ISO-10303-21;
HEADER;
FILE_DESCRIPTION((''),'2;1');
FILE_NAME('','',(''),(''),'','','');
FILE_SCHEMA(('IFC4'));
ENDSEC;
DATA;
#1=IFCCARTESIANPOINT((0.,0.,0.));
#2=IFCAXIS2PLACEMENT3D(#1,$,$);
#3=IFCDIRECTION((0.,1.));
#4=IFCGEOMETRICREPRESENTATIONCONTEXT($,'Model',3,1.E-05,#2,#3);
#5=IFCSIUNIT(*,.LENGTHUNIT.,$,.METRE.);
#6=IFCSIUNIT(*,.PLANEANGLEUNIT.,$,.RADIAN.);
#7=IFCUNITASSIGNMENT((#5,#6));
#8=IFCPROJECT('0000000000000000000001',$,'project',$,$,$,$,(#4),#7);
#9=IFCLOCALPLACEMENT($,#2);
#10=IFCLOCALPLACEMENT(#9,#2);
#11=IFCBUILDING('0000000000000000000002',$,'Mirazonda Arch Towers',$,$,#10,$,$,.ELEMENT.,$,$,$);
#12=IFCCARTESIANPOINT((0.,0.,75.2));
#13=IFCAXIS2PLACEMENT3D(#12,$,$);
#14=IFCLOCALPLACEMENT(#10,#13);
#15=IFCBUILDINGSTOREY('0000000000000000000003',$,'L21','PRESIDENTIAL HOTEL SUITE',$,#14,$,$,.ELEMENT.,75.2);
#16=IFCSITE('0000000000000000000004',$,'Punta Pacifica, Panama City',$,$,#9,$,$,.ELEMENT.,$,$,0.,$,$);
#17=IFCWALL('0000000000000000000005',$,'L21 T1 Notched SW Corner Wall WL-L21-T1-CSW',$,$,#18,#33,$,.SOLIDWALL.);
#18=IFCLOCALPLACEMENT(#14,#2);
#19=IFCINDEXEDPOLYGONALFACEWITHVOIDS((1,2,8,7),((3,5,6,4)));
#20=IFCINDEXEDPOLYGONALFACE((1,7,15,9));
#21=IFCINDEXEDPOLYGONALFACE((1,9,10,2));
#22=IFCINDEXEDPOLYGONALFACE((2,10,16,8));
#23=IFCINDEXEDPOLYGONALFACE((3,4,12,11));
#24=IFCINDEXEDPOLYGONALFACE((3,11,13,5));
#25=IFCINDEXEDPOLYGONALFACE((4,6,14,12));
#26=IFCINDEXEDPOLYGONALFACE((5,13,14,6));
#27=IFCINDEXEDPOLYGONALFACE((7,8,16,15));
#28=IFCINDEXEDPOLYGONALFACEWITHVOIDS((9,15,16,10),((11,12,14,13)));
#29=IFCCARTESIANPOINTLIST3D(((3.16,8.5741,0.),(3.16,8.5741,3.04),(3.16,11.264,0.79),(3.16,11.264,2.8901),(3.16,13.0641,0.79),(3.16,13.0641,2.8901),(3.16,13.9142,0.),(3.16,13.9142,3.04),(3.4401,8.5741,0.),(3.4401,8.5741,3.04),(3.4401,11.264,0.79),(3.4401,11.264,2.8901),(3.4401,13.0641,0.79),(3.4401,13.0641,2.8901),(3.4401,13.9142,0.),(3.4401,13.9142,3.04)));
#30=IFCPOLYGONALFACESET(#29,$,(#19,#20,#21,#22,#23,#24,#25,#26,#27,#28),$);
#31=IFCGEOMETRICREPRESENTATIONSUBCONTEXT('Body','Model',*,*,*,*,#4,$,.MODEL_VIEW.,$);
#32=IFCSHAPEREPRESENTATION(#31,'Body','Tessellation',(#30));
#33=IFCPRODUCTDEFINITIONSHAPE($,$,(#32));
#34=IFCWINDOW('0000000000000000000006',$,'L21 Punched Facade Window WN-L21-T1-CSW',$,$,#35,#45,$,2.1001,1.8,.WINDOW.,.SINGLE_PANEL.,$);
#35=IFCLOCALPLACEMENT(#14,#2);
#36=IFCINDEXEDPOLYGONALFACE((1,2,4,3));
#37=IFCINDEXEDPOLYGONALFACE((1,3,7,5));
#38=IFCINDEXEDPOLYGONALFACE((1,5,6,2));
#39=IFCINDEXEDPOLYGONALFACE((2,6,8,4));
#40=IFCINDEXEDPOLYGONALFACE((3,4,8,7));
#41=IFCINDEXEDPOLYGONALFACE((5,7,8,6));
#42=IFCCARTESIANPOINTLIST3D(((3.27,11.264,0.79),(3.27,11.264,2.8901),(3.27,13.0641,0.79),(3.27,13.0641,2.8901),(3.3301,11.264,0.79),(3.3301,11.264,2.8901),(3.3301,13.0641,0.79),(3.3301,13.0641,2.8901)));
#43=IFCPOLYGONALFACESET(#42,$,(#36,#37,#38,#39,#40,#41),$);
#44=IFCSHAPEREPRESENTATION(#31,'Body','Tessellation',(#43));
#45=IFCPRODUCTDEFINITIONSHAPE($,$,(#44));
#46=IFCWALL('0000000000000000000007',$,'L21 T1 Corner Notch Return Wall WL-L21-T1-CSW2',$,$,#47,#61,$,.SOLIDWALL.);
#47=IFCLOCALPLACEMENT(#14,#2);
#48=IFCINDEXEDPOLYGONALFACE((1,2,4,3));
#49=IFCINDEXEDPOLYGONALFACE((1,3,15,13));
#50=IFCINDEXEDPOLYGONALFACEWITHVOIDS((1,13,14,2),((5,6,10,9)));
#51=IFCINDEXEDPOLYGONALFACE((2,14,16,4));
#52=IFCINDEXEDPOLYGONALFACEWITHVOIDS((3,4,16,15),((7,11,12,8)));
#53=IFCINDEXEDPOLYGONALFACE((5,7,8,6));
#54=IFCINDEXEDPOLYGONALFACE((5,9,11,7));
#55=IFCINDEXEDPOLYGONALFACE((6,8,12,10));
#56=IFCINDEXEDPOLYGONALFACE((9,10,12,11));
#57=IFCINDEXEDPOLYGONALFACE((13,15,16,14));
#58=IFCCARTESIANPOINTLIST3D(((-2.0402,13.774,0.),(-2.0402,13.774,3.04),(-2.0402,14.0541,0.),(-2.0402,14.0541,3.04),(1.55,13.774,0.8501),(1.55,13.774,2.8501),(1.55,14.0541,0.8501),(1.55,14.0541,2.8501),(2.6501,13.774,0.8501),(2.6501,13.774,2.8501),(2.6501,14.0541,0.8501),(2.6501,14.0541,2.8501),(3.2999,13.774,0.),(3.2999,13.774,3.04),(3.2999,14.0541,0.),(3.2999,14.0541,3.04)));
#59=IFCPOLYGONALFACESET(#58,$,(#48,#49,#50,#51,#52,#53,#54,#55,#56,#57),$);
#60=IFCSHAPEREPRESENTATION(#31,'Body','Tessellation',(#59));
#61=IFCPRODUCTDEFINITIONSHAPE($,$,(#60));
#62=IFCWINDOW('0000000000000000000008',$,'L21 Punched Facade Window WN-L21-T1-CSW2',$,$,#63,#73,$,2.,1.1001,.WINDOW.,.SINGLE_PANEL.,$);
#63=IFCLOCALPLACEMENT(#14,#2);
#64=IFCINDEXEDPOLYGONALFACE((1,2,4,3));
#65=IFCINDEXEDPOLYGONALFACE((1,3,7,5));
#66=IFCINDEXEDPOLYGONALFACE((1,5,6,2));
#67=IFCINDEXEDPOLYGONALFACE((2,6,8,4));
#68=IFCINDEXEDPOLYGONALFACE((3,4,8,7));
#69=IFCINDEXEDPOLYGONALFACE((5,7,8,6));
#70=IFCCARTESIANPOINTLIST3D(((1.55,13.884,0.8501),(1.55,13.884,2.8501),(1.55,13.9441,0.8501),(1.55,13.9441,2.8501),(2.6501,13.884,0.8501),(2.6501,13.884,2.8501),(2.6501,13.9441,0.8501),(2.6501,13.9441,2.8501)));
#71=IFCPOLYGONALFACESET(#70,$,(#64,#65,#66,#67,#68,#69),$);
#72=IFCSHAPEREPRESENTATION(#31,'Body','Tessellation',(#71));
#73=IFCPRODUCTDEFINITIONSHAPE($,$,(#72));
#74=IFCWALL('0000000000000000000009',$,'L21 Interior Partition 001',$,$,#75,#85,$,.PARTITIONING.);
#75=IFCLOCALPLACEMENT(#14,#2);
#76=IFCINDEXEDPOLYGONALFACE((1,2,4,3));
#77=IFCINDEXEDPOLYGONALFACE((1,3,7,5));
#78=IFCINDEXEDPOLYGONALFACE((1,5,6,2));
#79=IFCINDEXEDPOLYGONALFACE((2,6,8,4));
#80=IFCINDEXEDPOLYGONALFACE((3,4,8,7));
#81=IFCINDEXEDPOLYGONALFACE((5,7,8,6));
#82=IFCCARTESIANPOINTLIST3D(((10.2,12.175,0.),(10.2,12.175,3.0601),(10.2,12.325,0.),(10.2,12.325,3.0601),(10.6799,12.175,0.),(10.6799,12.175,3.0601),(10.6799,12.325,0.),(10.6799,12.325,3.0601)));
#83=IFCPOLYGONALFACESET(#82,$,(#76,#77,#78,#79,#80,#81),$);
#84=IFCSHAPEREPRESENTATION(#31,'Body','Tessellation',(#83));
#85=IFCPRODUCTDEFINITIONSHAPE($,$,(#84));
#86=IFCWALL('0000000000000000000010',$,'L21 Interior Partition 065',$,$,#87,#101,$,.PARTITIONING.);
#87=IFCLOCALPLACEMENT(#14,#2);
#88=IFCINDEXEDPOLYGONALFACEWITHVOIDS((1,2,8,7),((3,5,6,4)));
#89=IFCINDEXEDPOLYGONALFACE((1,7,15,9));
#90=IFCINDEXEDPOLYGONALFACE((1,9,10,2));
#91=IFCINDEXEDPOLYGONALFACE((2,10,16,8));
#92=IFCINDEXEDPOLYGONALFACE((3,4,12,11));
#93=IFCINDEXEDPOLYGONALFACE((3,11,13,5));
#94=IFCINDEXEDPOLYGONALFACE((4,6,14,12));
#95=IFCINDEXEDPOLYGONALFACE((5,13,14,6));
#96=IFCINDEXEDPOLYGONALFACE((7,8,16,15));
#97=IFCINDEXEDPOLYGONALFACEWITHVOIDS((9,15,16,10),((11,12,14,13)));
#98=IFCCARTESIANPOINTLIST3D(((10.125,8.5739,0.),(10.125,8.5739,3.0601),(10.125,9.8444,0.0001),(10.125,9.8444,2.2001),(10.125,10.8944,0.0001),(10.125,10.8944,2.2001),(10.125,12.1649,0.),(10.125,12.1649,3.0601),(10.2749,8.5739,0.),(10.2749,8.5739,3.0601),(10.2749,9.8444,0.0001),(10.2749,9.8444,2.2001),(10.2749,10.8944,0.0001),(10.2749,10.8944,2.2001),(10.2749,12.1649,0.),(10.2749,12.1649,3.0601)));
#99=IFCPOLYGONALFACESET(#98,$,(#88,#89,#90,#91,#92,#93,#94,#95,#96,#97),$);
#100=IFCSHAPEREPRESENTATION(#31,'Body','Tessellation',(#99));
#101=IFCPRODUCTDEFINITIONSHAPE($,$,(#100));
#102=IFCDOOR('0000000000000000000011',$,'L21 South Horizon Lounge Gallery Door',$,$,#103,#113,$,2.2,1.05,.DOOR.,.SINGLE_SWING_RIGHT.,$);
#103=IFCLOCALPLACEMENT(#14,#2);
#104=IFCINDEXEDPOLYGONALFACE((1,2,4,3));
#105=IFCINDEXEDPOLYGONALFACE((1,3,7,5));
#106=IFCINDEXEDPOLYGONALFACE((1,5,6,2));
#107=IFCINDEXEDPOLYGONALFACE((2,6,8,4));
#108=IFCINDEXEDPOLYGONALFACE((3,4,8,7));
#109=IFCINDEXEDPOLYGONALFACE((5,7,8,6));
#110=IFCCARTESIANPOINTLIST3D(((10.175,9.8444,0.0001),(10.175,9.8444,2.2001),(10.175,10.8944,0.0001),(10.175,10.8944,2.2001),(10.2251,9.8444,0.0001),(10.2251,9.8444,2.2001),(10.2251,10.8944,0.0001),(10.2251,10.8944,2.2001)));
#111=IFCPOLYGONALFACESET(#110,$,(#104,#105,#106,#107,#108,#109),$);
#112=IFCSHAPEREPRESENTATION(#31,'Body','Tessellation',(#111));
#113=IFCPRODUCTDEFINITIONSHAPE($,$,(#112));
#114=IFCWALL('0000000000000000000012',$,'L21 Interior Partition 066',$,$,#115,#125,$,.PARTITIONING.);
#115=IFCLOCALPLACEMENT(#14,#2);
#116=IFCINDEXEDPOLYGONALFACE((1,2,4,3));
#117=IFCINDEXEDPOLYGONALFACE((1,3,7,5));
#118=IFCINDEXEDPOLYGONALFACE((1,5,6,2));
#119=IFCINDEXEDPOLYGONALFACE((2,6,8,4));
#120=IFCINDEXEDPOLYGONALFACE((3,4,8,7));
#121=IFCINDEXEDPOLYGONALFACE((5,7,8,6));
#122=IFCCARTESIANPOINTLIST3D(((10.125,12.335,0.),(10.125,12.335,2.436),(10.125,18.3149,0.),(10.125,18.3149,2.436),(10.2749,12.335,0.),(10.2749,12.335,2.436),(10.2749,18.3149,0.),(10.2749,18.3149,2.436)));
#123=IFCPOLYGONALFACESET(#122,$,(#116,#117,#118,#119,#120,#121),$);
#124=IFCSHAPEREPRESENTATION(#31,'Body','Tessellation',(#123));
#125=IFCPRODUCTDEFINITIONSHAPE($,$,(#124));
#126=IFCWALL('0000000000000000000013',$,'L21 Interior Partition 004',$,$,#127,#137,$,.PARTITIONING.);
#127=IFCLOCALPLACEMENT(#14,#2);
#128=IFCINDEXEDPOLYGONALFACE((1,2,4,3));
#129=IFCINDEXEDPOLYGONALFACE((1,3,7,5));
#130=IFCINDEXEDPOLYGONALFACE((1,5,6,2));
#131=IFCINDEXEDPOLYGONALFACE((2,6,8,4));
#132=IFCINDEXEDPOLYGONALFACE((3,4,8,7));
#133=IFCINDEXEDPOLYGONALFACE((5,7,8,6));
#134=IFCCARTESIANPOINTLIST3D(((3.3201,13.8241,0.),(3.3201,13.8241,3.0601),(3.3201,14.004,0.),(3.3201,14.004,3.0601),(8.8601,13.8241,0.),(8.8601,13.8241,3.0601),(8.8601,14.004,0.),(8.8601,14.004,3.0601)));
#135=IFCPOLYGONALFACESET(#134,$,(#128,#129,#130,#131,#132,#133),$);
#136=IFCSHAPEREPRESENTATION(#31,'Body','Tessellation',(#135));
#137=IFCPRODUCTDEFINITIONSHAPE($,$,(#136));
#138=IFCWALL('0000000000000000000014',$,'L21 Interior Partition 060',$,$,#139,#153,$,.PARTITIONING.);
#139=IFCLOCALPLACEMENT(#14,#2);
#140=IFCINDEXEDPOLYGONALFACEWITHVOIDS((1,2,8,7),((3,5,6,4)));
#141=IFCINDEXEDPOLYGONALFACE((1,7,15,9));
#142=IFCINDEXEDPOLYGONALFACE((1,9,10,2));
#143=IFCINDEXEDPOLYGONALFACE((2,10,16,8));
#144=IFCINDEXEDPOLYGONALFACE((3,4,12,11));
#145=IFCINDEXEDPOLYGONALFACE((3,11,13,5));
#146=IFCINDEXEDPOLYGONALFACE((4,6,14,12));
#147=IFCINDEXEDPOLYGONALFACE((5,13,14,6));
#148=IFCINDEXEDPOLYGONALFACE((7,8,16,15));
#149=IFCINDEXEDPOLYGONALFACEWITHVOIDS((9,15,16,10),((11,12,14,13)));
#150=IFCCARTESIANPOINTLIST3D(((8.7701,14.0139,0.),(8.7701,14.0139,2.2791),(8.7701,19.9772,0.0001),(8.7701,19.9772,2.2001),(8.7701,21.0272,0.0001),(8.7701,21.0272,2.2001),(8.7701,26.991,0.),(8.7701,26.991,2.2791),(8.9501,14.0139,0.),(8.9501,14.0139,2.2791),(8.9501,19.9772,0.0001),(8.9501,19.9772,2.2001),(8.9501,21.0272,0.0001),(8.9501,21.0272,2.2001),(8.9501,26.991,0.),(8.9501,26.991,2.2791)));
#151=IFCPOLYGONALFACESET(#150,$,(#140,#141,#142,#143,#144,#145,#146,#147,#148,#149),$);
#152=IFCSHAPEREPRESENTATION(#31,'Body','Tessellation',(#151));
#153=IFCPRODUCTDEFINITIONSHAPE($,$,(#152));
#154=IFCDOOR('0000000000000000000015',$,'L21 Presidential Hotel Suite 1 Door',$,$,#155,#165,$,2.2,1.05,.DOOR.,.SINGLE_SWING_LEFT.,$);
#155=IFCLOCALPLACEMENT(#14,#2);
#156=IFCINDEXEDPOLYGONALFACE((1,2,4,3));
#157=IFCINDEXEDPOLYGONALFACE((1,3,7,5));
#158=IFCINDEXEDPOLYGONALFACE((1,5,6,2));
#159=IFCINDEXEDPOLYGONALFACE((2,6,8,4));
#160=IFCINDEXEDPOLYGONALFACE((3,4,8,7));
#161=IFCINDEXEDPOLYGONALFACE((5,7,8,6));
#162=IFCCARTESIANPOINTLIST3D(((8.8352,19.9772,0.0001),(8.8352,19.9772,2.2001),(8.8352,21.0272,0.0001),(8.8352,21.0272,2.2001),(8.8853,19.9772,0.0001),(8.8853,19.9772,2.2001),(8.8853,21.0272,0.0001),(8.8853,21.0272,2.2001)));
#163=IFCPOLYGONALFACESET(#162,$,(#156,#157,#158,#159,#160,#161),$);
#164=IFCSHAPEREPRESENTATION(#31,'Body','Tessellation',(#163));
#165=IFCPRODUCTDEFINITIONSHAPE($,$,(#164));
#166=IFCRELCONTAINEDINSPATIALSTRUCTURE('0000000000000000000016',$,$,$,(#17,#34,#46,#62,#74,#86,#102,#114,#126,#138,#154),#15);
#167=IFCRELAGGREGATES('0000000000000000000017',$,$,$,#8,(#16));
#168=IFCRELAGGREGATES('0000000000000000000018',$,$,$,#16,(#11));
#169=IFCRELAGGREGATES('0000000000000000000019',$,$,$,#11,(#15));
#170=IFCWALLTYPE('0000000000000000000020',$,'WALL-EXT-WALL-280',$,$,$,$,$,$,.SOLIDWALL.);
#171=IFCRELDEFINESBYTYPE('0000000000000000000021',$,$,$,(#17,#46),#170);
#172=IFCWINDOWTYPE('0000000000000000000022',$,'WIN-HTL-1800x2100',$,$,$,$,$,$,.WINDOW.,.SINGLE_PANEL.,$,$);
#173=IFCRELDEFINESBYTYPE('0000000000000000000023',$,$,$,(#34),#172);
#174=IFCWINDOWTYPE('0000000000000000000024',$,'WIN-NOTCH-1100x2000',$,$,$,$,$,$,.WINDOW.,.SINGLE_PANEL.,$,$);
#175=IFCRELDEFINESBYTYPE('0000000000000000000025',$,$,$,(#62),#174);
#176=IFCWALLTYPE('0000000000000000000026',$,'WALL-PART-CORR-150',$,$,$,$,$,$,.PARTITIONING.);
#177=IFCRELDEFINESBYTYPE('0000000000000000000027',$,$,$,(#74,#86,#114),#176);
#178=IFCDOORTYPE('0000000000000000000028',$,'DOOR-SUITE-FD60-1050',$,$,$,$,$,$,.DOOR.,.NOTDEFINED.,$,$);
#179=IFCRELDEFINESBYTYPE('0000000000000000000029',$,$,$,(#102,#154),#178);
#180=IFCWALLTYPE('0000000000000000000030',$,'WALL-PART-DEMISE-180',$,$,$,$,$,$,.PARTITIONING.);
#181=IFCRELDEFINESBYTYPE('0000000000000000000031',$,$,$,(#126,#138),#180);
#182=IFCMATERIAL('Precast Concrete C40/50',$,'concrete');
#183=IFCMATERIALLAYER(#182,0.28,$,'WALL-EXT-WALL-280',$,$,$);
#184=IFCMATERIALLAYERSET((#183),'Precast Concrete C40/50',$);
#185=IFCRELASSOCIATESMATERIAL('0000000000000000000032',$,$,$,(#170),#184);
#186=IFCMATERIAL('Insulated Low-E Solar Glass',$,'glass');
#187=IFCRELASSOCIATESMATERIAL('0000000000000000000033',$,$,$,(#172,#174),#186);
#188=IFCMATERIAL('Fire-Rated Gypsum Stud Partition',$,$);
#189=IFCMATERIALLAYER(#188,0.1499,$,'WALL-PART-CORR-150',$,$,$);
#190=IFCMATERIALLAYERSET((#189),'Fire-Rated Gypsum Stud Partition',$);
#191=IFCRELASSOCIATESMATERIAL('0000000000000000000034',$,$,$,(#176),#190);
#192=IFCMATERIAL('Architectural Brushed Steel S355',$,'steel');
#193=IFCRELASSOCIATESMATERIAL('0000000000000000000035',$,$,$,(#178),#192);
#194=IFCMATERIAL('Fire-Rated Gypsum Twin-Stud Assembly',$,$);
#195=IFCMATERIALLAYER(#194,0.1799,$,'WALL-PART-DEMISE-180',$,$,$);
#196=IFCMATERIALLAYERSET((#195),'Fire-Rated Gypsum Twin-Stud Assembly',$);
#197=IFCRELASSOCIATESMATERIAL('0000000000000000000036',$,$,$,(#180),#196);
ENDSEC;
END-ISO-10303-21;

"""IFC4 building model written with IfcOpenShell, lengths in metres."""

from ifc_helpers import new_model, si_unit, direction, frame, frame_2d, origin, place, context, subcontext, project, spatial, rectangle, extrude, material, layer, layer_set, type_object, element, fill, save


model = new_model("IFC4")

# Units and contexts
model_context = context("Model", 3, precision=1e-05, world=origin(), true_north=direction((0.0, 1.0)))
body_context = subcontext(model_context, "Body", "Model", "MODEL_VIEW")
ifc_project = project(units=[si_unit("LENGTHUNIT", "METRE"), si_unit("PLANEANGLEUNIT", "RADIAN")], contexts=[model_context])

# Site, building, storey
site_placement = place(None, origin())
site = spatial("IfcSite", under=ifc_project, at=site_placement, Name="Punta Pacifica, Panama City", CompositionType="ELEMENT", RefElevation=0.0)
building_placement = place(site_placement, origin())
building = spatial("IfcBuilding", under=site, at=building_placement, Name="Mirazonda Arch Towers", CompositionType="ELEMENT")
storey_placement = place(building_placement, frame((0.0, 0.0, 75.2)))
storey = spatial("IfcBuildingStorey", under=building, at=storey_placement, Name="L21", Description="PRESIDENTIAL HOTEL SUITE", CompositionType="ELEMENT", Elevation=75.2)

# Shared definitions
ifc_material_1 = material(Name="Insulated Low-E Solar Glass", Category="glass")

# Walls, openings, windows
ifc_material_2 = material(Name="Precast Concrete C40/50", Category="concrete")
ifc_layer_1 = layer(ifc_material_2, 0.28, Name="WALL-EXT-WALL-280")
ifc_layer_set_1 = layer_set([ifc_layer_1], Name="Precast Concrete C40/50")
wall_type_1 = type_object("IfcWallType", Name="WALL-EXT-WALL-280", PredefinedType="SOLIDWALL", material=ifc_layer_set_1)
wall_1_placement = place(storey_placement, frame((3.3, 13.9141, 0.0), z_axis=(0.0, 0.0, 1.0), x_axis=(0.0, -1.0, 0.0)))
wall_1 = element("IfcWall", 1, at=wall_1_placement, inside=storey, type_object=wall_type_1, Name="L21 T1 Notched SW Corner Wall WL-L21-T1-CSW", PredefinedType="SOLIDWALL", context=body_context, shape_type="SweptSolid", body=[
    extrude(rectangle(XDim=5.3401, YDim=0.28, at=frame_2d((2.6699, 0.0))), origin(), (0.0, 0.0, 1.0), 3.04),
])
opening_1_placement = place(wall_1_placement, frame((0.8501, 0.0, 0.79)))
opening_1 = element("IfcOpeningElement", 2, at=opening_1_placement, cuts=wall_1, PredefinedType="OPENING", context=body_context, shape_type="SweptSolid", body=[
    extrude(rectangle(XDim=1.8, YDim=2.1001, at=frame_2d((0.8999, 1.05))), frame((0.0, 0.1499, 0.0), z_axis=(0.0, -1.0, 0.0), x_axis=(1.0, 0.0, 0.0)), (0.0, 0.0, 1.0), 0.3),
])
window_type_1 = type_object("IfcWindowType", Name="WIN-HTL-1800x2100", PartitioningType="SINGLE_PANEL", PredefinedType="WINDOW", material=ifc_material_1)
window_1_placement = place(opening_1_placement, origin())
window_1 = element("IfcWindow", 3, at=window_1_placement, inside=storey, type_object=window_type_1, Name="L21 Punched Facade Window WN-L21-T1-CSW", OverallHeight=2.1001, OverallWidth=1.8, PartitioningType="SINGLE_PANEL", PredefinedType="WINDOW", context=body_context, shape_type="SweptSolid", body=[
    extrude(rectangle(XDim=1.8, YDim=2.1001, at=frame_2d((0.8999, 1.05))), frame((0.0, 0.03, 0.0), z_axis=(0.0, -1.0, 0.0), x_axis=(1.0, 0.0, 0.0)), (0.0, 0.0, 1.0), 0.0601),
])
fill(opening_1, window_1)
wall_2_placement = place(storey_placement, frame((-2.04, 13.9141, 0.0), z_axis=(0.0, 0.0, 1.0), x_axis=(1.0, 0.0, 0.0)))
wall_2 = element("IfcWall", 4, at=wall_2_placement, inside=storey, type_object=wall_type_1, Name="L21 T1 Corner Notch Return Wall WL-L21-T1-CSW2", PredefinedType="SOLIDWALL", context=body_context, shape_type="SweptSolid", body=[
    extrude(rectangle(XDim=5.3401, YDim=0.28, at=frame_2d((2.6699, 0.0))), origin(), (0.0, 0.0, 1.0), 3.04),
])
opening_2_placement = place(wall_2_placement, frame((3.5901, 0.0, 0.8501)))
opening_2 = element("IfcOpeningElement", 5, at=opening_2_placement, cuts=wall_2, PredefinedType="OPENING", context=body_context, shape_type="SweptSolid", body=[
    extrude(rectangle(XDim=1.1001, YDim=2.0, at=frame_2d((0.55, 1.0))), frame((0.0, 0.1499, 0.0), z_axis=(0.0, -1.0, 0.0), x_axis=(1.0, 0.0, 0.0)), (0.0, 0.0, 1.0), 0.3),
])
window_type_2 = type_object("IfcWindowType", Name="WIN-NOTCH-1100x2000", PartitioningType="SINGLE_PANEL", PredefinedType="WINDOW", material=ifc_material_1)
window_2_placement = place(opening_2_placement, origin())
window_2 = element("IfcWindow", 6, at=window_2_placement, inside=storey, type_object=window_type_2, Name="L21 Punched Facade Window WN-L21-T1-CSW2", OverallHeight=2.0, OverallWidth=1.1001, PartitioningType="SINGLE_PANEL", PredefinedType="WINDOW", context=body_context, shape_type="SweptSolid", body=[
    extrude(rectangle(XDim=1.1001, YDim=2.0, at=frame_2d((0.55, 1.0))), frame((0.0, 0.03, 0.0), z_axis=(0.0, -1.0, 0.0), x_axis=(1.0, 0.0, 0.0)), (0.0, 0.0, 1.0), 0.0601),
])
fill(opening_2, window_2)

# Wall
ifc_material_3 = material(Name="Fire-Rated Gypsum Stud Partition")
ifc_layer_2 = layer(ifc_material_3, 0.1499, Name="WALL-PART-CORR-150")
ifc_layer_set_2 = layer_set([ifc_layer_2], Name="Fire-Rated Gypsum Stud Partition")
wall_type_2 = type_object("IfcWallType", Name="WALL-PART-CORR-150", PredefinedType="PARTITIONING", material=ifc_layer_set_2)
wall_3_placement = place(storey_placement, frame((10.2, 12.25, 0.0), z_axis=(0.0, 0.0, 1.0), x_axis=(1.0, 0.0, 0.0)))
element("IfcWall", 7, at=wall_3_placement, inside=storey, type_object=wall_type_2, Name="L21 Interior Partition 001", PredefinedType="PARTITIONING", context=body_context, shape_type="SweptSolid", body=[
    extrude(rectangle(XDim=0.48, YDim=0.1499, at=frame_2d((0.24, 0.0))), origin(), (0.0, 0.0, 1.0), 3.0601),
])

# Wall, opening, door
wall_4_placement = place(storey_placement, frame((10.2, 8.574, 0.0), z_axis=(0.0, 0.0, 1.0), x_axis=(0.0, 1.0, 0.0)))
wall_4 = element("IfcWall", 8, at=wall_4_placement, inside=storey, type_object=wall_type_2, Name="L21 Interior Partition 065", PredefinedType="PARTITIONING", context=body_context, shape_type="SweptSolid", body=[
    extrude(rectangle(XDim=3.5911, YDim=0.1499, at=frame_2d((1.7954, 0.0))), origin(), (0.0, 0.0, 1.0), 3.0601),
])
opening_3_placement = place(wall_4_placement, frame((1.2705, 0.0, 0.0)))
opening_3 = element("IfcOpeningElement", 9, at=opening_3_placement, cuts=wall_4, PredefinedType="OPENING", context=body_context, shape_type="SweptSolid", body=[
    extrude(rectangle(XDim=1.05, YDim=2.2, at=frame_2d((0.5249, 1.1001))), frame((0.0, 0.085, 0.0), z_axis=(0.0, -1.0, 0.0), x_axis=(1.0, 0.0, 0.0)), (0.0, 0.0, 1.0), 0.1699),
])
ifc_material_4 = material(Name="Architectural Brushed Steel S355", Category="steel")
door_type_1 = type_object("IfcDoorType", Name="DOOR-SUITE-FD60-1050", OperationType="NOTDEFINED", PredefinedType="DOOR", material=ifc_material_4)
door_1_placement = place(opening_3_placement, origin())
door_1 = element("IfcDoor", 10, at=door_1_placement, inside=storey, type_object=door_type_1, Name="L21 South Horizon Lounge Gallery Door", OperationType="SINGLE_SWING_RIGHT", OverallHeight=2.2, OverallWidth=1.05, PredefinedType="DOOR", context=body_context, shape_type="SweptSolid", body=[
    extrude(rectangle(XDim=1.05, YDim=2.2, at=frame_2d((0.5249, 1.1001))), frame((0.0, 0.0249, 0.0), z_axis=(0.0, -1.0, 0.0), x_axis=(1.0, 0.0, 0.0)), (0.0, 0.0, 1.0), 0.05),
])
fill(opening_3, door_1)

# Walls
wall_5_placement = place(storey_placement, frame((10.2, 12.335, 0.0), z_axis=(0.0, 0.0, 1.0), x_axis=(0.0, 1.0, 0.0)))
element("IfcWall", 11, at=wall_5_placement, inside=storey, type_object=wall_type_2, Name="L21 Interior Partition 066", PredefinedType="PARTITIONING", context=body_context, shape_type="SweptSolid", body=[
    extrude(rectangle(XDim=5.98, YDim=0.1499, at=frame_2d((2.99, 0.0))), origin(), (0.0, 0.0, 1.0), 2.436),
])
ifc_material_5 = material(Name="Fire-Rated Gypsum Twin-Stud Assembly")
ifc_layer_3 = layer(ifc_material_5, 0.1799, Name="WALL-PART-DEMISE-180")
ifc_layer_set_3 = layer_set([ifc_layer_3], Name="Fire-Rated Gypsum Twin-Stud Assembly")
wall_type_3 = type_object("IfcWallType", Name="WALL-PART-DEMISE-180", PredefinedType="PARTITIONING", material=ifc_layer_set_3)
wall_6_placement = place(storey_placement, frame((3.3201, 13.9141, 0.0), z_axis=(0.0, 0.0, 1.0), x_axis=(1.0, 0.0, 0.0)))
element("IfcWall", 12, at=wall_6_placement, inside=storey, type_object=wall_type_3, Name="L21 Interior Partition 004", PredefinedType="PARTITIONING", context=body_context, shape_type="SweptSolid", body=[
    extrude(rectangle(XDim=5.54, YDim=0.1799, at=frame_2d((2.77, 0.0))), origin(), (0.0, 0.0, 1.0), 3.0601),
])

# Wall, opening, door
wall_7_placement = place(storey_placement, frame((8.8601, 14.0139, 0.0), z_axis=(0.0, 0.0, 1.0), x_axis=(0.0, 1.0, 0.0)))
wall_7 = element("IfcWall", 13, at=wall_7_placement, inside=storey, type_object=wall_type_3, Name="L21 Interior Partition 060", PredefinedType="PARTITIONING", context=body_context, shape_type="SweptSolid", body=[
    extrude(rectangle(XDim=12.9771, YDim=0.1799, at=frame_2d((6.4885, 0.0))), origin(), (0.0, 0.0, 1.0), 2.2791),
])
opening_4_placement = place(wall_7_placement, frame((5.9634, 0.0, 0.0)))
opening_4 = element("IfcOpeningElement", 14, at=opening_4_placement, cuts=wall_7, PredefinedType="OPENING", context=body_context, shape_type="SweptSolid", body=[
    extrude(rectangle(XDim=1.05, YDim=2.2, at=frame_2d((0.5249, 1.1001))), frame((0.0, 0.0999, 0.0), z_axis=(0.0, -1.0, 0.0), x_axis=(1.0, 0.0, 0.0)), (0.0, 0.0, 1.0), 0.2),
])
door_2_placement = place(opening_4_placement, origin())
door_2 = element("IfcDoor", 15, at=door_2_placement, inside=storey, type_object=door_type_1, Name="L21 Presidential Hotel Suite 1 Door", OperationType="SINGLE_SWING_LEFT", OverallHeight=2.2, OverallWidth=1.05, PredefinedType="DOOR", context=body_context, shape_type="SweptSolid", body=[
    extrude(rectangle(XDim=1.05, YDim=2.2, at=frame_2d((0.5249, 1.1001))), frame((0.0, 0.0249, 0.0), z_axis=(0.0, -1.0, 0.0), x_axis=(1.0, 0.0, 0.0)), (0.0, 0.0, 1.0), 0.05),
])
fill(opening_4, door_2)

save(model, "model.ifc")
